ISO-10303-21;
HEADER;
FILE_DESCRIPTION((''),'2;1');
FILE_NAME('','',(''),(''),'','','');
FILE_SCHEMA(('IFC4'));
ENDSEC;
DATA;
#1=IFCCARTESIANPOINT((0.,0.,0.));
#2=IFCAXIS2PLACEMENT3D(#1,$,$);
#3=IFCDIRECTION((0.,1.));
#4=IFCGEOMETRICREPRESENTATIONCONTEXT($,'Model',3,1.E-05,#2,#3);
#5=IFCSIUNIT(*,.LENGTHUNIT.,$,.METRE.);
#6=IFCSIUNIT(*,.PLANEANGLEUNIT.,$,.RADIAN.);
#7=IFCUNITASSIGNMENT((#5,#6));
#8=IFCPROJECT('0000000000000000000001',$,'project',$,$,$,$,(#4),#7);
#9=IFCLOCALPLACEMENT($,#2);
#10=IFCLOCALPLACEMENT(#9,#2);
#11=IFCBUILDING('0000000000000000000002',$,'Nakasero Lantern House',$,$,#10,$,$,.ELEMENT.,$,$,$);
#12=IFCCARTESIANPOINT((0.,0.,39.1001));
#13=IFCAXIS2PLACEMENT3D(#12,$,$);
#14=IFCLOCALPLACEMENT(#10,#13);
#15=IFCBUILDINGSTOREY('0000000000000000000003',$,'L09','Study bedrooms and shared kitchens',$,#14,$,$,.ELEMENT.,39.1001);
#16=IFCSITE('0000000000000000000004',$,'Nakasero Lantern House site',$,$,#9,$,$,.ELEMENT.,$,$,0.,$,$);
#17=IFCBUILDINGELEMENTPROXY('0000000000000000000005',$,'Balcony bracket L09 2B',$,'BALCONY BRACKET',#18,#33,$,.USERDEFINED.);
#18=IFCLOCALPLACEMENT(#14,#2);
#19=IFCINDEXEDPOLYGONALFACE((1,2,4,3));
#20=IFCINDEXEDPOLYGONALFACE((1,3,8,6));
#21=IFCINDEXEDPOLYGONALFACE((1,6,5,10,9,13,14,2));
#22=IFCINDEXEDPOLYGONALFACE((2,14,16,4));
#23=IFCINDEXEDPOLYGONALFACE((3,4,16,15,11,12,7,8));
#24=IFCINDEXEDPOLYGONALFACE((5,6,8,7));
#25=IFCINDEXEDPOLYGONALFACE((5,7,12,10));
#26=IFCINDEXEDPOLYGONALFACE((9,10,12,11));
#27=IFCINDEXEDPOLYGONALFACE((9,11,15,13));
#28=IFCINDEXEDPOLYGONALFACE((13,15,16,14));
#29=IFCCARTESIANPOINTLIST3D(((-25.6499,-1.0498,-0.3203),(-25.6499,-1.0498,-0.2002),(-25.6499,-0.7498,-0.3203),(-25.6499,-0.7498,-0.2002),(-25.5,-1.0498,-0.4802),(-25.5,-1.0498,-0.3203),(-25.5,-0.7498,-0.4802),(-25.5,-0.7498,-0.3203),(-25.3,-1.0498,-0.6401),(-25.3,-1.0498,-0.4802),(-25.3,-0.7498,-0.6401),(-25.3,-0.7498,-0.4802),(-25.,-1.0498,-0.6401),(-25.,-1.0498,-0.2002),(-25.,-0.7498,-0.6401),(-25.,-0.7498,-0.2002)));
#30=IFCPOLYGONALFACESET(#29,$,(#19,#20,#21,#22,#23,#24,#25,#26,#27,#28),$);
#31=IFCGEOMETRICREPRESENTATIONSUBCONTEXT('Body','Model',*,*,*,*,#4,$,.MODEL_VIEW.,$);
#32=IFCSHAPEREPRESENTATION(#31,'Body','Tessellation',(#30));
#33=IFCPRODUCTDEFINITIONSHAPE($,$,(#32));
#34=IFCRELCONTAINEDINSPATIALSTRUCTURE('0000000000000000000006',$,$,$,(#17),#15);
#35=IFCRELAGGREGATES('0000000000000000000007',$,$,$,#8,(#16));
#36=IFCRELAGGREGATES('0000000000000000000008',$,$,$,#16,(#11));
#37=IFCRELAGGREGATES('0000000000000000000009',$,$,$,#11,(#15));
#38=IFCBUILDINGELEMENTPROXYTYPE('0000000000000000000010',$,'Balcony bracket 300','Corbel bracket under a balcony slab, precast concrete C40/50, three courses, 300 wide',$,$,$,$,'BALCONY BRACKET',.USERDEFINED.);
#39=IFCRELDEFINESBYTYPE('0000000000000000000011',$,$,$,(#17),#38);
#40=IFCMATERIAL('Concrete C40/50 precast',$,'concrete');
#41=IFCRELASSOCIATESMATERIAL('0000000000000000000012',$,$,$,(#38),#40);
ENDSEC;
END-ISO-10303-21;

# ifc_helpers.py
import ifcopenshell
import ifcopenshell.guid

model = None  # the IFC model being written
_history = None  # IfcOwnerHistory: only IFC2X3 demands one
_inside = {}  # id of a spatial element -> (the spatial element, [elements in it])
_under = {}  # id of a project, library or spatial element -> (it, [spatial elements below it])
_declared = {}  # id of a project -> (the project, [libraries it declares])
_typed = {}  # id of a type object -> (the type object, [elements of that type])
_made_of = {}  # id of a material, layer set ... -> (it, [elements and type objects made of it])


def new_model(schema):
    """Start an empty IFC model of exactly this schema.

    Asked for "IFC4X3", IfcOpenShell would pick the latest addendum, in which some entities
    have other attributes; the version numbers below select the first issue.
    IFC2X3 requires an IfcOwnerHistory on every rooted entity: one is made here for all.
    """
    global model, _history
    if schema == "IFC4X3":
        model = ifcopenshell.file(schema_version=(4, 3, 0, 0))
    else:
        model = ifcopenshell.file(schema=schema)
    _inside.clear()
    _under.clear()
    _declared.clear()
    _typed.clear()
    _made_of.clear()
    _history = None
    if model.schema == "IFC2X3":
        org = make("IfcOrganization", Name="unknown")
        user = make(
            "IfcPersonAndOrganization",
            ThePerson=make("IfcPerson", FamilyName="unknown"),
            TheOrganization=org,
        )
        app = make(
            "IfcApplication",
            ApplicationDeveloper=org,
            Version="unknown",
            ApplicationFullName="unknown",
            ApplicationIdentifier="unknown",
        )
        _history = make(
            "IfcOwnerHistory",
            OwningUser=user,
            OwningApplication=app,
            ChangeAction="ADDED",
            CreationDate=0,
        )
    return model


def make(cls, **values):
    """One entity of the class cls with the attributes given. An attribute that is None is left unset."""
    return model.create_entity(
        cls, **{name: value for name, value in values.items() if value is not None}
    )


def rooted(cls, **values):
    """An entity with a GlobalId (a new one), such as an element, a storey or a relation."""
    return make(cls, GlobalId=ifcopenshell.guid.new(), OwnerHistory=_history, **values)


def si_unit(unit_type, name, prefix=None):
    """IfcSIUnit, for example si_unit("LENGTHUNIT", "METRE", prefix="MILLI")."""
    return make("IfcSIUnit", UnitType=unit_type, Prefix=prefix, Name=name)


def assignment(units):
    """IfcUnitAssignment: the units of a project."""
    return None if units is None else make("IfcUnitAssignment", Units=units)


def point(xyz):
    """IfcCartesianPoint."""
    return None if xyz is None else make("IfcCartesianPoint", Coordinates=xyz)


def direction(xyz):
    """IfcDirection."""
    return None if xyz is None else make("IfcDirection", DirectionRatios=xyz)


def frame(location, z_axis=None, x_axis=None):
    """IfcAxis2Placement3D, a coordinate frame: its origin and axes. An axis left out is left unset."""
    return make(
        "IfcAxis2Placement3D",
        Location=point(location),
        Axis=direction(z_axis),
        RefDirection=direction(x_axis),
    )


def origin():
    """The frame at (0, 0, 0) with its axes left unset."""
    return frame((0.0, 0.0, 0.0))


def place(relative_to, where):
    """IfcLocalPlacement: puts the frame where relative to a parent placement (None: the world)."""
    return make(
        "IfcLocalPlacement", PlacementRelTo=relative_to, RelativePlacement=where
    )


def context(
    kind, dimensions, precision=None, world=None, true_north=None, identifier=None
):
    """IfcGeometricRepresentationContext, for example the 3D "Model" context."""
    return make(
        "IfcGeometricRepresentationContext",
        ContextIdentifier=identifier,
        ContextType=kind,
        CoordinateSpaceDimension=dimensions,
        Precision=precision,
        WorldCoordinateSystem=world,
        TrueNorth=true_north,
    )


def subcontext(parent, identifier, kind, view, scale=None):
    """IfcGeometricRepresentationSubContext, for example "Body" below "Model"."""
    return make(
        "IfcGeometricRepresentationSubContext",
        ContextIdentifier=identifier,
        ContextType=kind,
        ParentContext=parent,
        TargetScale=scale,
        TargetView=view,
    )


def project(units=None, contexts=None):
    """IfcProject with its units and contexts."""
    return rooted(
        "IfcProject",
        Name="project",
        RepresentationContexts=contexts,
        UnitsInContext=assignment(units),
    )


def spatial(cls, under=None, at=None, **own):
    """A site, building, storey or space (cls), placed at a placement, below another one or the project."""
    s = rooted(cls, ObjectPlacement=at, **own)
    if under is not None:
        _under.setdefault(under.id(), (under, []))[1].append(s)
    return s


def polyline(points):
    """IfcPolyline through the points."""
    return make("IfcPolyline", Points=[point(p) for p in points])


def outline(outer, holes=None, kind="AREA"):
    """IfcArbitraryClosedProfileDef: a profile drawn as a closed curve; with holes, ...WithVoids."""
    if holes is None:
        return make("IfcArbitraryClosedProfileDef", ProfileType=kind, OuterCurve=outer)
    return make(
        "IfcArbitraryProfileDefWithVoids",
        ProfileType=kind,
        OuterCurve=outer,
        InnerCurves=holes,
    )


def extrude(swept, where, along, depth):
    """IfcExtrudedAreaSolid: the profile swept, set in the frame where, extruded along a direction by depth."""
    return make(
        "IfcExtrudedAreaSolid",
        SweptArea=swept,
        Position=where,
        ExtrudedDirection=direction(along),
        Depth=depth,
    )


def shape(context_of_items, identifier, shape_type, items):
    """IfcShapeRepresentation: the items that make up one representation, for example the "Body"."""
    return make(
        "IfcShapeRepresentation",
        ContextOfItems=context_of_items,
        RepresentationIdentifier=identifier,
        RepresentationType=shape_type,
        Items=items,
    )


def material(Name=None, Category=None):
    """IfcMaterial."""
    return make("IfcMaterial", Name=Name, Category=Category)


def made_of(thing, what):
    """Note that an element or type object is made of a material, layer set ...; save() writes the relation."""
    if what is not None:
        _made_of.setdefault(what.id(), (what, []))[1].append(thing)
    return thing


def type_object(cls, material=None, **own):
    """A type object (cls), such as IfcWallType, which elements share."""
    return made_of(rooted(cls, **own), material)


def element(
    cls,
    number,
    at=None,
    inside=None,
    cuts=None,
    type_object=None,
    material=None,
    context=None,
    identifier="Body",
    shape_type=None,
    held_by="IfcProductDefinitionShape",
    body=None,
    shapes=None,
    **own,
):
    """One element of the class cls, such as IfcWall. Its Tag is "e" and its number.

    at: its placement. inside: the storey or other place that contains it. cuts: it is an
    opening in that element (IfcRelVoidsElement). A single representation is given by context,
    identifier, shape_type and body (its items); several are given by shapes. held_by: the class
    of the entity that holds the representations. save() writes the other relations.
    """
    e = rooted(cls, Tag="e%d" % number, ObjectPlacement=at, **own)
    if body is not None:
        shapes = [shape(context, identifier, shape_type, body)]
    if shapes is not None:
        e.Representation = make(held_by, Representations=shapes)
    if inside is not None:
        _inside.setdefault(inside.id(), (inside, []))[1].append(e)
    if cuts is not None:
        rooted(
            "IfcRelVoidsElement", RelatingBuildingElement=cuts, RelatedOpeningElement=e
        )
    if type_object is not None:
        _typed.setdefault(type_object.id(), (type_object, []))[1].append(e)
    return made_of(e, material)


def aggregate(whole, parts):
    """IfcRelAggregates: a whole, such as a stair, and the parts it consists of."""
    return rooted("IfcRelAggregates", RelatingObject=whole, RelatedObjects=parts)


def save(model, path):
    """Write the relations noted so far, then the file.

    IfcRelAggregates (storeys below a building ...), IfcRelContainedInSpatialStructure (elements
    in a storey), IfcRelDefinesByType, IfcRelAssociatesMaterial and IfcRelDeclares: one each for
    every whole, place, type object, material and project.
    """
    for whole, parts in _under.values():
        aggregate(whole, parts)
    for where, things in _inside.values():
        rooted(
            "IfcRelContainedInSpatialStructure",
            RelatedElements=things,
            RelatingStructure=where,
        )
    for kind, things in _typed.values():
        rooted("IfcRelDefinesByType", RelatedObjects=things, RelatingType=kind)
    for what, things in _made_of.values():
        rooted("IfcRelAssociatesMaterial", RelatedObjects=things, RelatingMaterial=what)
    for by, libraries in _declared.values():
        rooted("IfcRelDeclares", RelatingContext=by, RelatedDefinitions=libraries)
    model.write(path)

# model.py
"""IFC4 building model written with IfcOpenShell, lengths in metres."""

from ifc_helpers import new_model, si_unit, direction, frame, origin, place, context, subcontext, project, spatial, polyline, outline, extrude, material, type_object, element, save


model = new_model("IFC4")

# Units and contexts
model_context = context("Model", 3, precision=1e-05, world=origin(), true_north=direction((0.0, 1.0)))
body_context = subcontext(model_context, "Body", "Model", "MODEL_VIEW")
ifc_project = project(units=[si_unit("LENGTHUNIT", "METRE"), si_unit("PLANEANGLEUNIT", "RADIAN")], contexts=[model_context])

# Site, building, storey
site_placement = place(None, origin())
site = spatial("IfcSite", under=ifc_project, at=site_placement, Name="Nakasero Lantern House site", CompositionType="ELEMENT", RefElevation=0.0)
building_placement = place(site_placement, origin())
building = spatial("IfcBuilding", under=site, at=building_placement, Name="Nakasero Lantern House", CompositionType="ELEMENT")
storey_placement = place(building_placement, frame((0.0, 0.0, 39.1001)))
storey = spatial("IfcBuildingStorey", under=building, at=storey_placement, Name="L09", Description="Study bedrooms and shared kitchens", CompositionType="ELEMENT", Elevation=39.1001)

# Building element proxy
ifc_material_1 = material(Name="Concrete C40/50 precast", Category="concrete")
building_element_proxy_type = type_object("IfcBuildingElementProxyType", Name="Balcony bracket 300", Description="Corbel bracket under a balcony slab, precast concrete C40/50, three courses, 300 wide", ElementType="BALCONY BRACKET", PredefinedType="USERDEFINED", material=ifc_material_1)
proxy_placement = place(storey_placement, frame((-25.0, -0.8999, -0.2002), z_axis=(0.0, 0.0, 1.0), x_axis=(-1.0, 0.0, 0.0)))
element("IfcBuildingElementProxy", 1, at=proxy_placement, inside=storey, type_object=building_element_proxy_type, Name="Balcony bracket L09 2B", ObjectType="BALCONY BRACKET", PredefinedType="USERDEFINED", context=body_context, shape_type="SweptSolid", body=[
    extrude(outline(polyline([(0.0, 0.0), (0.6499, 0.0), (0.6499, -0.1201), (0.5, -0.1201), (0.5, -0.28), (0.3, -0.28), (0.3, -0.4399), (0.0, -0.4399), (0.0, 0.0)])), frame((0.0, 0.1499, 0.0), z_axis=(0.0, -1.0, 0.0), x_axis=(1.0, 0.0, 0.0)), (0.0, 0.0, 1.0), 0.3),
])

save(model, "model.ifc")
